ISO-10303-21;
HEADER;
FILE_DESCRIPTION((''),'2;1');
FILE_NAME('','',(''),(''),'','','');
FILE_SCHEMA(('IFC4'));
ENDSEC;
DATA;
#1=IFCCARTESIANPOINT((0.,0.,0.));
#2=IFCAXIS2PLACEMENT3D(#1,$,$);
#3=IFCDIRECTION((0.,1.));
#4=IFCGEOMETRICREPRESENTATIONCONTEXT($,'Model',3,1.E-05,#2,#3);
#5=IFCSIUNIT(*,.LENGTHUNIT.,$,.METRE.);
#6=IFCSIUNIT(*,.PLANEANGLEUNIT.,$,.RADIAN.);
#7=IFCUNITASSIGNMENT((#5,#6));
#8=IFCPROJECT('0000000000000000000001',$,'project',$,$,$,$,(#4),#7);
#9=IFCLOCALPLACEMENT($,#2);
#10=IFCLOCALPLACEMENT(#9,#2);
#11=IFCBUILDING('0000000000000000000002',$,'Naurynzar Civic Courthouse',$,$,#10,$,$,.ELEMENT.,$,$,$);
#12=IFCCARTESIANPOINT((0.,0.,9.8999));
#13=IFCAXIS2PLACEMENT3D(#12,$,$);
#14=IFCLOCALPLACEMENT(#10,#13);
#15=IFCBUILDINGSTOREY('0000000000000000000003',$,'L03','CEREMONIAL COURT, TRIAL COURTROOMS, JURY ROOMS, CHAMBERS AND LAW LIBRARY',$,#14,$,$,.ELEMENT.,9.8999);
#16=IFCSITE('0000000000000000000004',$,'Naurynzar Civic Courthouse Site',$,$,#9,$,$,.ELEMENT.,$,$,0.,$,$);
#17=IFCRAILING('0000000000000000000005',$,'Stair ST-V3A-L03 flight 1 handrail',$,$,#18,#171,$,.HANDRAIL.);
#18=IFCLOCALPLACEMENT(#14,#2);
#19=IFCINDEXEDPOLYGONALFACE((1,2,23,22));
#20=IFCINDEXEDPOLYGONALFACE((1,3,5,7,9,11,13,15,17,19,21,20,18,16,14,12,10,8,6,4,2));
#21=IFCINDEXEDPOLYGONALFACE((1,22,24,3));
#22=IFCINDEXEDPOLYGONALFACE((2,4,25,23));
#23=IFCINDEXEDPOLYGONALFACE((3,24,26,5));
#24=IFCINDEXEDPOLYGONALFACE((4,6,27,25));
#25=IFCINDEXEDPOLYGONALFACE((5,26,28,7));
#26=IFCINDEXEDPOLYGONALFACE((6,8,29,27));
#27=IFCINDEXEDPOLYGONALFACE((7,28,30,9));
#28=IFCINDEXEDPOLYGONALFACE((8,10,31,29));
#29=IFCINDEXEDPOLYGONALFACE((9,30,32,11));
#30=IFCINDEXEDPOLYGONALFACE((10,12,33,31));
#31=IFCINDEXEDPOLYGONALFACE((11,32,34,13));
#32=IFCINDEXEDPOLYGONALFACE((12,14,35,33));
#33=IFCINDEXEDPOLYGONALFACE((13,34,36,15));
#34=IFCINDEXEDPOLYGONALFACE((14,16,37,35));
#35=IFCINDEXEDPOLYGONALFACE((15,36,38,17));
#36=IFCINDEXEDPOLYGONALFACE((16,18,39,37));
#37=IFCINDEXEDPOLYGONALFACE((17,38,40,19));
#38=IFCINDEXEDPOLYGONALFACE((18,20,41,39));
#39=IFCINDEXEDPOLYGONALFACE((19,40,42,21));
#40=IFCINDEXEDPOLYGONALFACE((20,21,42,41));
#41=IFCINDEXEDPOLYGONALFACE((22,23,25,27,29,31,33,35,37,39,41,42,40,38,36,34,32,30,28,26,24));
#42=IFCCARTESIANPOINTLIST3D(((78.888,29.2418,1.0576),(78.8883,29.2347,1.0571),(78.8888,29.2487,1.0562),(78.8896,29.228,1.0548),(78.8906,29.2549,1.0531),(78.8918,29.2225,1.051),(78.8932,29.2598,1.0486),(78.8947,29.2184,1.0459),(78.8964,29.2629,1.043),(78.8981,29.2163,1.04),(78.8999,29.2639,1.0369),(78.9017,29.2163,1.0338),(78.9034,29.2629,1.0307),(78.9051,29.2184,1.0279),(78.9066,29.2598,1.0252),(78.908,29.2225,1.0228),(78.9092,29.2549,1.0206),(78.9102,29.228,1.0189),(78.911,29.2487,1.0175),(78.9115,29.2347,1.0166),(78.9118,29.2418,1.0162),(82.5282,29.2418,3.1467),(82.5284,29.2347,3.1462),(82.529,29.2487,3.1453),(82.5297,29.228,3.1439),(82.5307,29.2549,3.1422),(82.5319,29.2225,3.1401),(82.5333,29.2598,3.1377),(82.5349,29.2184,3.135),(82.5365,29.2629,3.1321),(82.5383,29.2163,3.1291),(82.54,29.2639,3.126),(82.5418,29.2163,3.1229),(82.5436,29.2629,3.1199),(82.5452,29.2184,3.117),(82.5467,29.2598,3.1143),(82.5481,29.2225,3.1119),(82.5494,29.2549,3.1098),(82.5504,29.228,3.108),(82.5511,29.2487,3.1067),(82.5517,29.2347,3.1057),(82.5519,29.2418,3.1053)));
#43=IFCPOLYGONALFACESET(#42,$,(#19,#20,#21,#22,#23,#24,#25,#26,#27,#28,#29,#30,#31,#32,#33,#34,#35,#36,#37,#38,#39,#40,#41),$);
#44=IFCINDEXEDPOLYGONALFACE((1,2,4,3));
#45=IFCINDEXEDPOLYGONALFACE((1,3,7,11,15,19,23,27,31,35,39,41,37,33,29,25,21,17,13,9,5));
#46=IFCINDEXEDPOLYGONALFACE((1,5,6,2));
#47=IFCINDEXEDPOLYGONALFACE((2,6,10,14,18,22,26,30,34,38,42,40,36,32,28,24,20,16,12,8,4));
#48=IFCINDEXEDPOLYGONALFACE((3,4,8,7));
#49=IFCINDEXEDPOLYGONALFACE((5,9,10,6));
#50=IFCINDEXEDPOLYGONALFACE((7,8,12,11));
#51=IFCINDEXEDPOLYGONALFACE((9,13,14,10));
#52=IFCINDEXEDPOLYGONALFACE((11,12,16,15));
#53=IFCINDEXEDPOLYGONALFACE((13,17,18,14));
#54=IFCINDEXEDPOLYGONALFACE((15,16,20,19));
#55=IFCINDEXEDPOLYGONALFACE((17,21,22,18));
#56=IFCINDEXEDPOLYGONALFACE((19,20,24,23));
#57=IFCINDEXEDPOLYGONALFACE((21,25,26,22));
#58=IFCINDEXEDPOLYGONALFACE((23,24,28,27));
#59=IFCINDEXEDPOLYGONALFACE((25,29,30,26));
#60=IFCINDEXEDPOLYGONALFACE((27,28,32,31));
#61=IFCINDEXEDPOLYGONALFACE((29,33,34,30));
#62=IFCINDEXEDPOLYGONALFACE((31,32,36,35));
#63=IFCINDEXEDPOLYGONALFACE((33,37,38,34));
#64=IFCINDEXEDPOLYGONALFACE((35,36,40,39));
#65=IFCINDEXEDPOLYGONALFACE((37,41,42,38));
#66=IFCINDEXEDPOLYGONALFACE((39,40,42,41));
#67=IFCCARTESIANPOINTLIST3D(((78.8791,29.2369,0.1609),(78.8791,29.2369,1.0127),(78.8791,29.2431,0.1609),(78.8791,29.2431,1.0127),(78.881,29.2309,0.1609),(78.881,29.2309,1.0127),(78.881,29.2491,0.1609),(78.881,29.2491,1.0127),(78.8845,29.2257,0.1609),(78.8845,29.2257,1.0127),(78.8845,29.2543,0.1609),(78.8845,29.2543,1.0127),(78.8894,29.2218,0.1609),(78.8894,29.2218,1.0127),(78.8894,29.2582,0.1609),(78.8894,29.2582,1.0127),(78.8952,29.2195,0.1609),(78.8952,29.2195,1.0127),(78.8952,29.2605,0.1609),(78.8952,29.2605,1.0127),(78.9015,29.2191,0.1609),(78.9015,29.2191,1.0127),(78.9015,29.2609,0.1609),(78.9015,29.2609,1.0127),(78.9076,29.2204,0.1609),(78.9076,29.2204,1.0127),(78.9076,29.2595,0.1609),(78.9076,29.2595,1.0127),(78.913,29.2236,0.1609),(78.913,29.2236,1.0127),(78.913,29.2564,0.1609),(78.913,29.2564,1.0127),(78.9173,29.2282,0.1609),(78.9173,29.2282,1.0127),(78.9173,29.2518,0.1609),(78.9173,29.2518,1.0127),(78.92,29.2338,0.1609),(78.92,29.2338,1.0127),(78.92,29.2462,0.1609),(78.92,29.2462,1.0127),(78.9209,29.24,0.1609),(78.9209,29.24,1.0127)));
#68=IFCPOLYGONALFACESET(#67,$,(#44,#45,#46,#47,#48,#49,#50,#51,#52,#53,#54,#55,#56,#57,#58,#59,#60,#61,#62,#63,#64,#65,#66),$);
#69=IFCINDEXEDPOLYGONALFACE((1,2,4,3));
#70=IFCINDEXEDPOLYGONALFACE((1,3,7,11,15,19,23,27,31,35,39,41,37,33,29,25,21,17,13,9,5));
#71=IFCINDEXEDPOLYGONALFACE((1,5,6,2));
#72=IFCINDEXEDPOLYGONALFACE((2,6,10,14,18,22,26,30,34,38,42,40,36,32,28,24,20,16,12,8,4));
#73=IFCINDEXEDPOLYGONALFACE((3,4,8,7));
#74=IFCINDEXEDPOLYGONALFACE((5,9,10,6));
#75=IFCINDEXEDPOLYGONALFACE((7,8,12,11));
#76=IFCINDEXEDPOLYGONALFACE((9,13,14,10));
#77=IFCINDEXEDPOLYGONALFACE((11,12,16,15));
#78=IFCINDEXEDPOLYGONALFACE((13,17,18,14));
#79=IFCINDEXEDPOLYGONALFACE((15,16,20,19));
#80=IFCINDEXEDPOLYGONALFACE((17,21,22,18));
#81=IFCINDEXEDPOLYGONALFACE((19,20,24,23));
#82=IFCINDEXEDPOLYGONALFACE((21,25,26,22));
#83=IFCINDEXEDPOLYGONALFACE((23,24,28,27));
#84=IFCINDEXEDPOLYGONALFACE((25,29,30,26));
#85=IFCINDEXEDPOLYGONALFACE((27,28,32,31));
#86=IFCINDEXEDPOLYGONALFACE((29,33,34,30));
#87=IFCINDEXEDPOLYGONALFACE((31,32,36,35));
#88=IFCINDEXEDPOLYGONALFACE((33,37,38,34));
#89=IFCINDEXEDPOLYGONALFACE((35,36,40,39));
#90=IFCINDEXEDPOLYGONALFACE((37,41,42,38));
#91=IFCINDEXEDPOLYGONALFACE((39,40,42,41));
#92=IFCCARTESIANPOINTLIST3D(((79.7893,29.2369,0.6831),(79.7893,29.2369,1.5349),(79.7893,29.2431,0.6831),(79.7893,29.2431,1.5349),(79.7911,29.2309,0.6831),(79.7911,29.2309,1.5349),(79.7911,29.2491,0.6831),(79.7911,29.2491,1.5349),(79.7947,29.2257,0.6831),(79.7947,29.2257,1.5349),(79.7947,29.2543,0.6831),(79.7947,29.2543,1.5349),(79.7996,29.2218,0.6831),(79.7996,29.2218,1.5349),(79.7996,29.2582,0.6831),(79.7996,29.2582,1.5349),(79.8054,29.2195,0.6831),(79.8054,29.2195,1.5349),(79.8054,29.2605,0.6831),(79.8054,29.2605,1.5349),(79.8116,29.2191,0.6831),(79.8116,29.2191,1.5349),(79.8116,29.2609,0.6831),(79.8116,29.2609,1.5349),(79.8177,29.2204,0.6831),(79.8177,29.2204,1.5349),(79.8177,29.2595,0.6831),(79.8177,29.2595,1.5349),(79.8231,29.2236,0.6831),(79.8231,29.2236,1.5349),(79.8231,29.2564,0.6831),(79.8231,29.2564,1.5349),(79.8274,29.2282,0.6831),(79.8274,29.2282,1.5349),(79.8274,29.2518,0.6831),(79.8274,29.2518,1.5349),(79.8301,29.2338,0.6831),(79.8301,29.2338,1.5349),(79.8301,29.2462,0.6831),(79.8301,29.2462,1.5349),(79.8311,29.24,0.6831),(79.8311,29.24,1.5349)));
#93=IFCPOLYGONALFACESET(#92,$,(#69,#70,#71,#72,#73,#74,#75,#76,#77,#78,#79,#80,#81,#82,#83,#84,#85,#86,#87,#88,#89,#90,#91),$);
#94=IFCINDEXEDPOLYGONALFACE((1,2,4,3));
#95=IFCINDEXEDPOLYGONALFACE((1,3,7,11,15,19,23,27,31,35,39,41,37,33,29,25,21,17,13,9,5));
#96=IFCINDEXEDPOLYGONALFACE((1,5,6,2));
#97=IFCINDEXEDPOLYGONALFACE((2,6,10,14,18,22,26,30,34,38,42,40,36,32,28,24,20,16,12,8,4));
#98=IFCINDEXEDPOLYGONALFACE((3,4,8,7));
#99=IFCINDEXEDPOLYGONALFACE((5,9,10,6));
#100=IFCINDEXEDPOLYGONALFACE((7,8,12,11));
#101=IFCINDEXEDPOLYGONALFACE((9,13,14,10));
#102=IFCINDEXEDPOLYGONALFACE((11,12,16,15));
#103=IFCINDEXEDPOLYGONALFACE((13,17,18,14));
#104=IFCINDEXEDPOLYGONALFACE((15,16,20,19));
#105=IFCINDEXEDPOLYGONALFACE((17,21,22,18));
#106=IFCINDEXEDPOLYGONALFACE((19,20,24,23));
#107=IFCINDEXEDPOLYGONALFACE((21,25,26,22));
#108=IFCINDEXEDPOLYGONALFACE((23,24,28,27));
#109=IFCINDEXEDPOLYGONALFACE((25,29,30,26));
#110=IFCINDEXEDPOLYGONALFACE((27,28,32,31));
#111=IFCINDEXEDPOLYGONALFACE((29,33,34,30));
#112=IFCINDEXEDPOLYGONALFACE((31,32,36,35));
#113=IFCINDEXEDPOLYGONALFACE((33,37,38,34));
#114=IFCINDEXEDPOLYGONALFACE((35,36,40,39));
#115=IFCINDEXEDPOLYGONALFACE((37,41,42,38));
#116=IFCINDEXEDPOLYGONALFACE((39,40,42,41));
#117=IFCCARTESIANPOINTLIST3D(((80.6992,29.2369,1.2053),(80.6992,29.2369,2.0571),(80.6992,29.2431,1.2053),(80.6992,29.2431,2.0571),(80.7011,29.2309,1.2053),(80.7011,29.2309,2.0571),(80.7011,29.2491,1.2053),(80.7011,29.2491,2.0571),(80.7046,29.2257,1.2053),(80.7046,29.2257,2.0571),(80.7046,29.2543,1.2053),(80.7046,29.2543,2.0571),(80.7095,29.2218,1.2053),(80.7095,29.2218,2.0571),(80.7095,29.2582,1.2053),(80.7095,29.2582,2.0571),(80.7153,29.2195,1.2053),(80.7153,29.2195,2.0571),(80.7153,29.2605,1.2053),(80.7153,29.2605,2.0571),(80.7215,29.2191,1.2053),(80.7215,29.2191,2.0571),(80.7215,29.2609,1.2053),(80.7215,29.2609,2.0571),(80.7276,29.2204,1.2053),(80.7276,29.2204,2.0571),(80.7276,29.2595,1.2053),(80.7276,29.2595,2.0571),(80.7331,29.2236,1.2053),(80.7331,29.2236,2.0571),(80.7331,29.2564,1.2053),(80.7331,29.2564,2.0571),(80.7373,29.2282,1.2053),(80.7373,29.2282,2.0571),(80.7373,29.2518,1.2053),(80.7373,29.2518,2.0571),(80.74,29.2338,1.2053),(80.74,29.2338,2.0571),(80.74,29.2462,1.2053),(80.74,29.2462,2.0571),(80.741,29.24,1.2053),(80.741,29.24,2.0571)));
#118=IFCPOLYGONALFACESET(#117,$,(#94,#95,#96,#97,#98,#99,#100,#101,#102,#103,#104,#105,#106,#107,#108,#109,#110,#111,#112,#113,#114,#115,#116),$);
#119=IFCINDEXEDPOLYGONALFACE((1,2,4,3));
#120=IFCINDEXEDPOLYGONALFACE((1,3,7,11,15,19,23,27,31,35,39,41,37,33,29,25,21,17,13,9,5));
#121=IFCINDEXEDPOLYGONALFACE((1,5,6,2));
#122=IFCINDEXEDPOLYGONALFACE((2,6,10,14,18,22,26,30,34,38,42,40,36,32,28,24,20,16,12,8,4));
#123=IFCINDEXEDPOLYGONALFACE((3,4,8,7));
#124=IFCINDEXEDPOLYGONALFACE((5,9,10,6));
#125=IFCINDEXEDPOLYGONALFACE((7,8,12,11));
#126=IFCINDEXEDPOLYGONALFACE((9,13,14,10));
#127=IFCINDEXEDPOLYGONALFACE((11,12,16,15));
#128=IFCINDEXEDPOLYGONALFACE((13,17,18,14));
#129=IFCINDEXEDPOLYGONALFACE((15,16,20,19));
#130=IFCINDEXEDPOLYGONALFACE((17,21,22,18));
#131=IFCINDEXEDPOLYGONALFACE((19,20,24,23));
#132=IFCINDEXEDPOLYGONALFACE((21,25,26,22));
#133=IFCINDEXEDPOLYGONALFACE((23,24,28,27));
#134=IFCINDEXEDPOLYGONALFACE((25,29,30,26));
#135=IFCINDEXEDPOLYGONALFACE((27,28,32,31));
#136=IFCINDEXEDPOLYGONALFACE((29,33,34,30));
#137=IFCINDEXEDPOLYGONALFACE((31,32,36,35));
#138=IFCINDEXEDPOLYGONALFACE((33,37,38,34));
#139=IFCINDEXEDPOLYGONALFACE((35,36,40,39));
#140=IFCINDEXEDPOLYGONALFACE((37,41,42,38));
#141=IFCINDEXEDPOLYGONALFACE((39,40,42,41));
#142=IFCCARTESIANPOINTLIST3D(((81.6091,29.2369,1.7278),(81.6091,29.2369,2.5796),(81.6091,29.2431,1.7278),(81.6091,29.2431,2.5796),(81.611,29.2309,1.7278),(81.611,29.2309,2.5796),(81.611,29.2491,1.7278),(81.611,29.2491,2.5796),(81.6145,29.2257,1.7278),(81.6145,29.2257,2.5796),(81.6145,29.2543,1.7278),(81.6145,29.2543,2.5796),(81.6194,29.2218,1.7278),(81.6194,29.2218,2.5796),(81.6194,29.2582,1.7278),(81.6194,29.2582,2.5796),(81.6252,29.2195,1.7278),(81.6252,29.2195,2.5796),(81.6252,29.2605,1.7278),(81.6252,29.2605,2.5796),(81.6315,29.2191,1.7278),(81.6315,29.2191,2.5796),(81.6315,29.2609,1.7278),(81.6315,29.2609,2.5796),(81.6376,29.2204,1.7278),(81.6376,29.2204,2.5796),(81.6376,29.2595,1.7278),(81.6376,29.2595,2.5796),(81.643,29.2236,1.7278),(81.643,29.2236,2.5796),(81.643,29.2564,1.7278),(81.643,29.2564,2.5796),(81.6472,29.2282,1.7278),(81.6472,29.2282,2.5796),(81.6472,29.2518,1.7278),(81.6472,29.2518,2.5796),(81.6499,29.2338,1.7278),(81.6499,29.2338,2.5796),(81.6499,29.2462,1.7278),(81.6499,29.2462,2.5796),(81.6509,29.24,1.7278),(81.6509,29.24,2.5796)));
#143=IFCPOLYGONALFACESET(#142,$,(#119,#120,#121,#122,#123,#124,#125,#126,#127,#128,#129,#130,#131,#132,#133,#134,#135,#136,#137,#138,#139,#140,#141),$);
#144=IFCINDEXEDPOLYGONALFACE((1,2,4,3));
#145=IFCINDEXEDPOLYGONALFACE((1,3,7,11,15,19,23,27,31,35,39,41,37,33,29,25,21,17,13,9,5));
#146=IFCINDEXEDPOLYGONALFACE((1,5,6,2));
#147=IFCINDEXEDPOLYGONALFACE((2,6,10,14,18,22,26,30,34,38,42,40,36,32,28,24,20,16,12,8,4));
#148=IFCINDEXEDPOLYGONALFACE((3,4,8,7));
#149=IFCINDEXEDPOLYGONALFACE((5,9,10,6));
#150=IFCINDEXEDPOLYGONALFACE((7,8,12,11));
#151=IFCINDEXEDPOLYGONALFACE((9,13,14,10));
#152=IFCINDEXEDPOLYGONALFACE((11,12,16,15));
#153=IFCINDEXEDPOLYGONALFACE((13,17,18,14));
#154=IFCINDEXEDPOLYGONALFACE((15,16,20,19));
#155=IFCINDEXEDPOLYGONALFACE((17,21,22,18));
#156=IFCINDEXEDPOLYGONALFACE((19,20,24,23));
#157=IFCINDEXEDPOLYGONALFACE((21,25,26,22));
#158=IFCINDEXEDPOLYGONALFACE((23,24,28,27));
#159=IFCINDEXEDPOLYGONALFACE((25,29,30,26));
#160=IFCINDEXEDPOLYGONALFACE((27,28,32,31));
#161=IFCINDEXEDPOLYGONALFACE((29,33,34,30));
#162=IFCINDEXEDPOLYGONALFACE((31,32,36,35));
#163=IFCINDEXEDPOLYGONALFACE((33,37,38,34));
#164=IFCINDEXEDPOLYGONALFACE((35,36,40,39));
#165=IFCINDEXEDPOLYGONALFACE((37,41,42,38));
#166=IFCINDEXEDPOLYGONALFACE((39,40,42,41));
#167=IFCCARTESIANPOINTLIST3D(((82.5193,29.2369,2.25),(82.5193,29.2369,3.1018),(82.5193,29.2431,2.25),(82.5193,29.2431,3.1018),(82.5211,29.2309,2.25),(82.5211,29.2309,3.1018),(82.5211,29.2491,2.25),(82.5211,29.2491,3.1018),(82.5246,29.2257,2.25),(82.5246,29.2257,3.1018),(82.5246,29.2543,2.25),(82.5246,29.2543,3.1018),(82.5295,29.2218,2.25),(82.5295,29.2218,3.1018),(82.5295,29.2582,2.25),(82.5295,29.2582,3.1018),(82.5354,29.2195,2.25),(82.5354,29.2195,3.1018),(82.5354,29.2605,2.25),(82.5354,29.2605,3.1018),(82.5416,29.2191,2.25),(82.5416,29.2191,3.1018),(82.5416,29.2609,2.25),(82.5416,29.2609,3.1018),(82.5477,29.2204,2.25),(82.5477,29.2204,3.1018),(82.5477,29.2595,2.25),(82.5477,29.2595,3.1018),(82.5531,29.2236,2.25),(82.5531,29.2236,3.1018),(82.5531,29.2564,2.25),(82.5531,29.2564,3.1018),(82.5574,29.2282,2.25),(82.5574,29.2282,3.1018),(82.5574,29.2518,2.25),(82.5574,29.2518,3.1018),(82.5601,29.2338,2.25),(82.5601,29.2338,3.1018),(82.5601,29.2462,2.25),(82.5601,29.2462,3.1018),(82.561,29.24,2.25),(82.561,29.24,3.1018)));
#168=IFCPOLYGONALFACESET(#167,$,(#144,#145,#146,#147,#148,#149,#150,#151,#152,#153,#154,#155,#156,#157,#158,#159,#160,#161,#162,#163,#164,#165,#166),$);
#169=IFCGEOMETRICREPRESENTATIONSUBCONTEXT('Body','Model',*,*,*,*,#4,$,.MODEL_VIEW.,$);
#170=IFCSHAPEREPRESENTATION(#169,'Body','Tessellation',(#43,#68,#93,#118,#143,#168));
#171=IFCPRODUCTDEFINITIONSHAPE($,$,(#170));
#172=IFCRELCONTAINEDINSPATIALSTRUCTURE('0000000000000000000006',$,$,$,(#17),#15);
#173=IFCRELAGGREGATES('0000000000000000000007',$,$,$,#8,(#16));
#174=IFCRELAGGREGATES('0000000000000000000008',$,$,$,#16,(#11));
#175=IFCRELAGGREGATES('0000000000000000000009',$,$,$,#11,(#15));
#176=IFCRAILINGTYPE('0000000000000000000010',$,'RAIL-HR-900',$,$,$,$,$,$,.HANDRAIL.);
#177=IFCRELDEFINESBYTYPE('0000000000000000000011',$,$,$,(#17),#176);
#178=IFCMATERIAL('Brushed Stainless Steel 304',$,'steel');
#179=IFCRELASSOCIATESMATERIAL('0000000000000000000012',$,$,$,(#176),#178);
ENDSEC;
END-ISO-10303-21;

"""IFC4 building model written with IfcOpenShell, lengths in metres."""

from ifc_helpers import new_model, si_unit, direction, frame, origin, origin_2d, place, context, subcontext, project, spatial, circle, extrude, material, type_object, element, save


model = new_model("IFC4")

# Units and contexts
model_context = context("Model", 3, precision=1e-05, world=origin(), true_north=direction((0.0, 1.0)))
body_context = subcontext(model_context, "Body", "Model", "MODEL_VIEW")
ifc_project = project(units=[si_unit("LENGTHUNIT", "METRE"), si_unit("PLANEANGLEUNIT", "RADIAN")], contexts=[model_context])

# Site, building, storey
site_placement = place(None, origin())
site = spatial("IfcSite", under=ifc_project, at=site_placement, Name="Naurynzar Civic Courthouse Site", CompositionType="ELEMENT", RefElevation=0.0)
building_placement = place(site_placement, origin())
building = spatial("IfcBuilding", under=site, at=building_placement, Name="Naurynzar Civic Courthouse", CompositionType="ELEMENT")
storey_placement = place(building_placement, frame((0.0, 0.0, 9.8999)))
storey = spatial("IfcBuildingStorey", under=building, at=storey_placement, Name="L03", Description="CEREMONIAL COURT, TRIAL COURTROOMS, JURY ROOMS, CHAMBERS AND LAW LIBRARY", CompositionType="ELEMENT", Elevation=9.8999)

# Railing
ifc_material_1 = material(Name="Brushed Stainless Steel 304", Category="steel")
railing_type_1 = type_object("IfcRailingType", Name="RAIL-HR-900", PredefinedType="HANDRAIL", material=ifc_material_1)
railing_1_placement = place(storey_placement, frame((78.8999, 29.24, 0.1609)))
element("IfcRailing", 1, at=railing_1_placement, inside=storey, type_object=railing_type_1, Name="Stair ST-V3A-L03 flight 1 handrail", PredefinedType="HANDRAIL", context=body_context, shape_type="SweptSolid", body=[
    extrude(circle(Radius=0.0239, at=origin_2d()), frame((0.0, 0.0, 0.876), z_axis=(0.867314, 0.0, 0.497761), x_axis=(0.0, 1.0, 0.0)), (0.0, 0.0, 1.0), 4.197),
    extrude(circle(Radius=0.021, at=origin_2d()), origin(), (0.0, 0.0, 1.0), 0.8518),
    extrude(circle(Radius=0.021, at=origin_2d()), frame((0.9102, 0.0, 0.5222)), (0.0, 0.0, 1.0), 0.8518),
    extrude(circle(Radius=0.021, at=origin_2d()), frame((1.8201, 0.0, 1.0444)), (0.0, 0.0, 1.0), 0.8518),
    extrude(circle(Radius=0.021, at=origin_2d()), frame((2.73, 0.0, 1.5669)), (0.0, 0.0, 1.0), 0.8518),
    extrude(circle(Radius=0.021, at=origin_2d()), frame((3.6401, 0.0, 2.0891)), (0.0, 0.0, 1.0), 0.8518),
])

save(model, "model.ifc")
